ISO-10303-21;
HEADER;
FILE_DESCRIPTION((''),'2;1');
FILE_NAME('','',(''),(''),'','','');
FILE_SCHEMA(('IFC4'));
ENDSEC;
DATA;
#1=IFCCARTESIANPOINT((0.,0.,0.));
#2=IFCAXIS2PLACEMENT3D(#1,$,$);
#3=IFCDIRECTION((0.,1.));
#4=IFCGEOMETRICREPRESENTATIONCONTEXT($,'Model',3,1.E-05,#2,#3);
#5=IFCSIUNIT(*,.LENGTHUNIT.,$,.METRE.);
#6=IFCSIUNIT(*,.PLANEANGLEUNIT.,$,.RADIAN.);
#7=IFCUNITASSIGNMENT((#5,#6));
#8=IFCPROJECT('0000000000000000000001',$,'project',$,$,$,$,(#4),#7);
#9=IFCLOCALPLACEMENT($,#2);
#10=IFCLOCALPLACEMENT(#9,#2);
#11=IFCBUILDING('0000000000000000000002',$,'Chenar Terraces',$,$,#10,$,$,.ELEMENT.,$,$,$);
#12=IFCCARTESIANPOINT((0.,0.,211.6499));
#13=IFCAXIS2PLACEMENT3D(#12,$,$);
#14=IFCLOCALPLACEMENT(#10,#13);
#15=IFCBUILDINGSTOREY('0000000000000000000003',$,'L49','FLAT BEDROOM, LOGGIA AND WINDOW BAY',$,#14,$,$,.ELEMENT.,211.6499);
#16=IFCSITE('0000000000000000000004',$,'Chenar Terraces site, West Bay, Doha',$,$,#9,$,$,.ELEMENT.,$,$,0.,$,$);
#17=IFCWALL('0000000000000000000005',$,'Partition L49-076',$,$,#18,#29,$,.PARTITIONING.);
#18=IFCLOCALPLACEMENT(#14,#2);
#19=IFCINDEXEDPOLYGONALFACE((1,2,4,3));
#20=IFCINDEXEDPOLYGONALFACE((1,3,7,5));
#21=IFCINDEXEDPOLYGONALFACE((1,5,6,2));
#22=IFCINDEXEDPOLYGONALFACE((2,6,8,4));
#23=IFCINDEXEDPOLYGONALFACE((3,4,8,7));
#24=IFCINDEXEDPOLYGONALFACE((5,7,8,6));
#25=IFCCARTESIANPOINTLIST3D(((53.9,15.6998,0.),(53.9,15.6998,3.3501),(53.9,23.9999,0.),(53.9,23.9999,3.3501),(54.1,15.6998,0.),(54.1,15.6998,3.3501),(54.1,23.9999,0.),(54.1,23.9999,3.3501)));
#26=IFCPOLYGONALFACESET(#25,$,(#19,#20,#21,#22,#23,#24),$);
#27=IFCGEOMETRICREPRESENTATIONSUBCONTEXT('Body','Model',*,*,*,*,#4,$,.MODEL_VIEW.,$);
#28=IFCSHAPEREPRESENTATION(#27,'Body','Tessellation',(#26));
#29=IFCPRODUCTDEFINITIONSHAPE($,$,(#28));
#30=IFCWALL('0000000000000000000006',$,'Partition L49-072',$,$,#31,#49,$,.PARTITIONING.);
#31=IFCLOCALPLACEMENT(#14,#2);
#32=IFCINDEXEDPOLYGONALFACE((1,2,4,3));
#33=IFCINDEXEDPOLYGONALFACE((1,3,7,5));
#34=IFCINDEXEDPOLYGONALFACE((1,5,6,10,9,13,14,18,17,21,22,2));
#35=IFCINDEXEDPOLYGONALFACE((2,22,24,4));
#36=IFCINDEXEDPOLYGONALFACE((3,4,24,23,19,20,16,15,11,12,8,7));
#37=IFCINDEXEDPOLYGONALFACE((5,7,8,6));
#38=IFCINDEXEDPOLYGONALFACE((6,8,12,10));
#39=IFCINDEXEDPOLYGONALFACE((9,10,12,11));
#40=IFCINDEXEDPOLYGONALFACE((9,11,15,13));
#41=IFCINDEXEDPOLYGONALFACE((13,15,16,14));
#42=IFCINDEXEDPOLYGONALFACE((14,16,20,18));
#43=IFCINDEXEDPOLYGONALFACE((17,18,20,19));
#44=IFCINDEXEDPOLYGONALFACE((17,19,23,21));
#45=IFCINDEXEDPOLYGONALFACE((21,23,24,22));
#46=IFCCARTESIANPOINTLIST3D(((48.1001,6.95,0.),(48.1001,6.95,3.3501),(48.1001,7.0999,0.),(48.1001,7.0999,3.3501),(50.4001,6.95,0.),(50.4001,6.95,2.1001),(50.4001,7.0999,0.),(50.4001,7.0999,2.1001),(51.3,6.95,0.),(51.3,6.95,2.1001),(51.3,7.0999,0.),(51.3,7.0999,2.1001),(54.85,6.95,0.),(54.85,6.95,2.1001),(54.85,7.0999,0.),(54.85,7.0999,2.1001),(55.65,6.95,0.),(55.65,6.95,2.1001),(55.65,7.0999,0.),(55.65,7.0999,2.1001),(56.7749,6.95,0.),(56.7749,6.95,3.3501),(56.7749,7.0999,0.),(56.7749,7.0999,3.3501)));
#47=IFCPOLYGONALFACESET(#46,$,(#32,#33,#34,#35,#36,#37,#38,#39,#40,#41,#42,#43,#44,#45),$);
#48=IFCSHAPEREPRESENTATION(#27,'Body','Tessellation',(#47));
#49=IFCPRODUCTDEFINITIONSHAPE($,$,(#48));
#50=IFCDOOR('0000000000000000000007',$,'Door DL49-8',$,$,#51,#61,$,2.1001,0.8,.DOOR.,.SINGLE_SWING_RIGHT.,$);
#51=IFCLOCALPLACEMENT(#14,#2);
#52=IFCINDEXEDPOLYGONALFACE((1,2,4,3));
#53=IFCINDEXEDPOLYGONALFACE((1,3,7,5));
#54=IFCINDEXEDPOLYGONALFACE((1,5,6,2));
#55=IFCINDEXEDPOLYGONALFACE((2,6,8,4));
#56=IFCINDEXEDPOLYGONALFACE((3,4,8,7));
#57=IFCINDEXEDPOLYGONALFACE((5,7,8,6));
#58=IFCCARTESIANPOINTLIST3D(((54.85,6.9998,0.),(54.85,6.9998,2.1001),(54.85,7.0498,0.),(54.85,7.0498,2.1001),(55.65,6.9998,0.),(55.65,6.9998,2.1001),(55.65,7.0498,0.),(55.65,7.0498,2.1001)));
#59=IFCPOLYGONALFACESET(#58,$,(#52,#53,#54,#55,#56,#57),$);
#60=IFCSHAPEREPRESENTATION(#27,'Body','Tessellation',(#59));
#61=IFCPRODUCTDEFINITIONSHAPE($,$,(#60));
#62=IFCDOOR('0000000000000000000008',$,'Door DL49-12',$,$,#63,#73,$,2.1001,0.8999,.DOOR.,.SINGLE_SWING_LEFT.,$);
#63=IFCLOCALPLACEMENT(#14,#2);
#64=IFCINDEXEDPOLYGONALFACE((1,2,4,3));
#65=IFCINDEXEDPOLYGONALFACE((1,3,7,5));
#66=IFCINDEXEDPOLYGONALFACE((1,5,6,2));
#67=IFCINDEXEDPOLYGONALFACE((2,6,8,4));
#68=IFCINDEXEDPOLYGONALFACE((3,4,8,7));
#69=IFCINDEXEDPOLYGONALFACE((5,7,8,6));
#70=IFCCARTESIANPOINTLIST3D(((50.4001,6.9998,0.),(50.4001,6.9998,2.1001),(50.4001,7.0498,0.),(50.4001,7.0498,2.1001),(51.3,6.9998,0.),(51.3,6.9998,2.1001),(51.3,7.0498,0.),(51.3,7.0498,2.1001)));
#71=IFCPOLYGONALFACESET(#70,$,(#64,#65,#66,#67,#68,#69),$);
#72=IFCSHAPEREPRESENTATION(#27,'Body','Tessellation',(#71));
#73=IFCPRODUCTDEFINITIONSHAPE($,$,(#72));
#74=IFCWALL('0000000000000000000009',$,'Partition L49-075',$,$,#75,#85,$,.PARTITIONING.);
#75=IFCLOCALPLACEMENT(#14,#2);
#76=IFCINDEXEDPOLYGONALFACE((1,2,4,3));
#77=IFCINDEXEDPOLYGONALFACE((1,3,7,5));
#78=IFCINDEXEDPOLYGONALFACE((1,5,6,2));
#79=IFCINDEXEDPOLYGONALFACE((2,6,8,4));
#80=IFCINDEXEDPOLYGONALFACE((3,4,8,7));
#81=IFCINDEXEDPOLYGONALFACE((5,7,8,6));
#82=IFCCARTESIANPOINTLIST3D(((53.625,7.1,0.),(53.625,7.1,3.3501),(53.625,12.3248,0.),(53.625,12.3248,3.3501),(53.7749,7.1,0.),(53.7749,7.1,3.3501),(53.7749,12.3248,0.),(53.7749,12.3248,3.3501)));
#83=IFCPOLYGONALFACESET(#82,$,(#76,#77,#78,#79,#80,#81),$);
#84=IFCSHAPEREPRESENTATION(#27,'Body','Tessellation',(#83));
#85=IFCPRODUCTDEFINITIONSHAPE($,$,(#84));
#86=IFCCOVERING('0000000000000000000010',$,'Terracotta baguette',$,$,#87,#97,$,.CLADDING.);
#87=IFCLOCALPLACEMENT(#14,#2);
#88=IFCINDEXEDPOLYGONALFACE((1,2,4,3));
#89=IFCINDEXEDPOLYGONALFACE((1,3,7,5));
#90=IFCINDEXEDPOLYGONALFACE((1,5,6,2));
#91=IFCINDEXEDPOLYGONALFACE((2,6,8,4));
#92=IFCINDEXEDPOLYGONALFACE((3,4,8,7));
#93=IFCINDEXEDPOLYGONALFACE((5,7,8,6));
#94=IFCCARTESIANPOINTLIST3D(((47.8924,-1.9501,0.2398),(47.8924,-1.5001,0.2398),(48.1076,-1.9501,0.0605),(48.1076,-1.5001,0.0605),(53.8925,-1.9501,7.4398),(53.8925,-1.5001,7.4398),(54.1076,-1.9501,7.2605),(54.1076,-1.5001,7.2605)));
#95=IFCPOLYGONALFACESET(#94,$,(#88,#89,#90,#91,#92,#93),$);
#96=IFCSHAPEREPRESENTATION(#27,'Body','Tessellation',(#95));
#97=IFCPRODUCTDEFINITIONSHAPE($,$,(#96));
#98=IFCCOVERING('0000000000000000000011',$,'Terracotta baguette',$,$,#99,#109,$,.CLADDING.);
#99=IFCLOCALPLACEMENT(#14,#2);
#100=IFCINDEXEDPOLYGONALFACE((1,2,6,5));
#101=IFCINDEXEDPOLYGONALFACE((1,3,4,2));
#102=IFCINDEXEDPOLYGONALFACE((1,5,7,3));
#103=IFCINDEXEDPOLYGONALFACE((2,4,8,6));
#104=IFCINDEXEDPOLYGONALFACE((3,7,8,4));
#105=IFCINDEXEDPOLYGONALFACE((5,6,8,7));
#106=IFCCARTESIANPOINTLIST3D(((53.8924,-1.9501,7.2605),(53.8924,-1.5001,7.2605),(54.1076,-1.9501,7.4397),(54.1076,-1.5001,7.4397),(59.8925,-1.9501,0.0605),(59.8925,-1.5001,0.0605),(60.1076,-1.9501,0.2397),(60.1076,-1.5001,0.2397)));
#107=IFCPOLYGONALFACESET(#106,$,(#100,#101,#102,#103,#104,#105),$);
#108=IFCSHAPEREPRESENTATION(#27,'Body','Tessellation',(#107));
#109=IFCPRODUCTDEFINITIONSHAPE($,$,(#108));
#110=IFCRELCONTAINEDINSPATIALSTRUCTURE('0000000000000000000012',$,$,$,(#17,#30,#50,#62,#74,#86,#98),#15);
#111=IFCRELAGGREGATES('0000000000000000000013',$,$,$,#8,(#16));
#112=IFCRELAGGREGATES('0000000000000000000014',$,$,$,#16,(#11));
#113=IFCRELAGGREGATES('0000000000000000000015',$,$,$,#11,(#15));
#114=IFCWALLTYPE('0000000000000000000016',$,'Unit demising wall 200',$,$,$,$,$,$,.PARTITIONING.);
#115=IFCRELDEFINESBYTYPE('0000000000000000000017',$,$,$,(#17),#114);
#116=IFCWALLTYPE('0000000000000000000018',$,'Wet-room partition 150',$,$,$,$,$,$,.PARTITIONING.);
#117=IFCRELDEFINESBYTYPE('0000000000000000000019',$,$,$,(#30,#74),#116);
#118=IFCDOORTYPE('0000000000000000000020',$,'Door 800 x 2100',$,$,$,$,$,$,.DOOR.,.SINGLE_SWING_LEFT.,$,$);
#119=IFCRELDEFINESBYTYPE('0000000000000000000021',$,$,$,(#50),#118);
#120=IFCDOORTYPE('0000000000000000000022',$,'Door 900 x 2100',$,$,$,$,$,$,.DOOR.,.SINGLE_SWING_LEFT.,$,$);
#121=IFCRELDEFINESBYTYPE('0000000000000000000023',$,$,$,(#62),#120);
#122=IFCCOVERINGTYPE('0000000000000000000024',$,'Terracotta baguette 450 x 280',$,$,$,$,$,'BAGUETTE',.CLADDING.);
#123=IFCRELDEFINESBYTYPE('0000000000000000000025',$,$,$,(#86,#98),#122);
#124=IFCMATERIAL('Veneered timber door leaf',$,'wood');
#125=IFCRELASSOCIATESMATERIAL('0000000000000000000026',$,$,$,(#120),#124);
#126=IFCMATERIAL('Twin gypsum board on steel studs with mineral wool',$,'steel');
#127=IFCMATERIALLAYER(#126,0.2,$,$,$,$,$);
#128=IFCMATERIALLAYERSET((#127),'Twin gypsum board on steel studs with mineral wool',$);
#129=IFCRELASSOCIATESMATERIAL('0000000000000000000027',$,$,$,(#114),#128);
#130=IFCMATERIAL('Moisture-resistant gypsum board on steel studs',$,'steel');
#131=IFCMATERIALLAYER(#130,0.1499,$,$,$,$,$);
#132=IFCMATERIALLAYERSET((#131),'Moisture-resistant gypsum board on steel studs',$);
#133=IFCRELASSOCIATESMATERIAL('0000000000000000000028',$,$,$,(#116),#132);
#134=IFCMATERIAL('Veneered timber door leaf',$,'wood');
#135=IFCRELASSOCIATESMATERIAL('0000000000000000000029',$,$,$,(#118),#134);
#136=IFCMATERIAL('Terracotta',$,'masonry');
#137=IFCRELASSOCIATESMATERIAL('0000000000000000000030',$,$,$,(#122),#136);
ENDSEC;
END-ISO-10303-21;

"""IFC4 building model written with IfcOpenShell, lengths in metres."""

from ifc_helpers import new_model, si_unit, direction, frame, frame_2d, origin, origin_2d, place, context, subcontext, project, spatial, rectangle, extrude, material, layer, layer_set, material_profile, profile_set, type_object, element, fill, save


model = new_model("IFC4")

# Units and contexts
model_context = context("Model", 3, precision=1e-05, world=origin(), true_north=direction((0.0, 1.0)))
body_context = subcontext(model_context, "Body", "Model", "MODEL_VIEW")
ifc_project = project(units=[si_unit("LENGTHUNIT", "METRE"), si_unit("PLANEANGLEUNIT", "RADIAN")], contexts=[model_context])

# Site, building, storey
site_placement = place(None, origin())
site = spatial("IfcSite", under=ifc_project, at=site_placement, Name="Chenar Terraces site, West Bay, Doha", CompositionType="ELEMENT", RefElevation=0.0)
building_placement = place(site_placement, origin())
building = spatial("IfcBuilding", under=site, at=building_placement, Name="Chenar Terraces", CompositionType="ELEMENT")
storey_placement = place(building_placement, frame((0.0, 0.0, 211.6499)))
storey = spatial("IfcBuildingStorey", under=building, at=storey_placement, Name="L49", Description="FLAT BEDROOM, LOGGIA AND WINDOW BAY", CompositionType="ELEMENT", Elevation=211.6499)

# Shared definitions
ifc_material_1 = material(Name="Veneered timber door leaf", Category="wood")
door_type_1 = type_object("IfcDoorType", Name="Door 900 x 2100", OperationType="SINGLE_SWING_LEFT", PredefinedType="DOOR", material=ifc_material_1)

# Wall
ifc_material_2 = material(Name="Twin gypsum board on steel studs with mineral wool", Category="steel")
ifc_layer_1 = layer(ifc_material_2, 0.2)
ifc_layer_set_1 = layer_set([ifc_layer_1], Name="Twin gypsum board on steel studs with mineral wool")
wall_type_1 = type_object("IfcWallType", Name="Unit demising wall 200", PredefinedType="PARTITIONING", material=ifc_layer_set_1)
wall_1_placement = place(storey_placement, frame((54.0, 15.7, 0.0), z_axis=(0.0, 0.0, 1.0), x_axis=(0.0, 1.0, 0.0)))
element("IfcWall", 1, at=wall_1_placement, inside=storey, type_object=wall_type_1, Name="Partition L49-076", PredefinedType="PARTITIONING", context=body_context, shape_type="SweptSolid", body=[
    extrude(rectangle(XDim=8.3, YDim=0.2, at=frame_2d((4.1499, 0.0))), origin(), (0.0, 0.0, 1.0), 3.3501),
])

# Wall, openings, doors
ifc_material_3 = material(Name="Moisture-resistant gypsum board on steel studs", Category="steel")
ifc_layer_2 = layer(ifc_material_3, 0.1499)
ifc_layer_set_2 = layer_set([ifc_layer_2], Name="Moisture-resistant gypsum board on steel studs")
wall_type_2 = type_object("IfcWallType", Name="Wet-room partition 150", PredefinedType="PARTITIONING", material=ifc_layer_set_2)
wall_2_placement = place(storey_placement, frame((48.1001, 7.0249, 0.0), z_axis=(0.0, 0.0, 1.0), x_axis=(1.0, 0.0, 0.0)))
wall_2 = element("IfcWall", 2, at=wall_2_placement, inside=storey, type_object=wall_type_2, Name="Partition L49-072", PredefinedType="PARTITIONING", context=body_context, shape_type="SweptSolid", body=[
    extrude(rectangle(XDim=8.6748, YDim=0.1499, at=frame_2d((4.3374, 0.0))), origin(), (0.0, 0.0, 1.0), 3.3501),
])
opening_1_placement = place(wall_2_placement, frame((6.75, 0.0, 0.0)))
opening_1 = element("IfcOpeningElement", 3, at=opening_1_placement, cuts=wall_2, PredefinedType="OPENING", context=body_context, shape_type="SweptSolid", body=[
    extrude(rectangle(XDim=0.8, YDim=2.1001, at=frame_2d((0.3999, 1.05))), frame((0.0, 0.085, 0.0), z_axis=(0.0, -1.0, 0.0), x_axis=(1.0, 0.0, 0.0)), (0.0, 0.0, 1.0), 0.1699),
])
opening_2_placement = place(wall_2_placement, frame((2.3, 0.0, 0.0)))
opening_2 = element("IfcOpeningElement", 4, at=opening_2_placement, cuts=wall_2, PredefinedType="OPENING", context=body_context, shape_type="SweptSolid", body=[
    extrude(rectangle(XDim=0.8999, YDim=2.1001, at=frame_2d((0.45, 1.05))), frame((0.0, 0.085, 0.0), z_axis=(0.0, -1.0, 0.0), x_axis=(1.0, 0.0, 0.0)), (0.0, 0.0, 1.0), 0.1699),
])
ifc_material_4 = material(Name="Veneered timber door leaf", Category="wood")
door_type_2 = type_object("IfcDoorType", Name="Door 800 x 2100", OperationType="SINGLE_SWING_LEFT", PredefinedType="DOOR", material=ifc_material_4)
door_1_placement = place(opening_1_placement, origin())
door_1 = element("IfcDoor", 5, at=door_1_placement, inside=storey, type_object=door_type_2, Name="Door DL49-8", OperationType="SINGLE_SWING_RIGHT", OverallHeight=2.1001, OverallWidth=0.8, PredefinedType="DOOR", context=body_context, shape_type="SweptSolid", body=[
    extrude(rectangle(XDim=0.8, YDim=2.1001, at=frame_2d((0.3999, 1.05))), frame((0.0, 0.0249, 0.0), z_axis=(0.0, -1.0, 0.0), x_axis=(1.0, 0.0, 0.0)), (0.0, 0.0, 1.0), 0.05),
])
fill(opening_1, door_1)
door_2_placement = place(opening_2_placement, origin())
door_2 = element("IfcDoor", 6, at=door_2_placement, inside=storey, type_object=door_type_1, Name="Door DL49-12", OperationType="SINGLE_SWING_LEFT", OverallHeight=2.1001, OverallWidth=0.8999, PredefinedType="DOOR", context=body_context, shape_type="SweptSolid", body=[
    extrude(rectangle(XDim=0.8999, YDim=2.1001, at=frame_2d((0.45, 1.05))), frame((0.0, 0.0249, 0.0), z_axis=(0.0, -1.0, 0.0), x_axis=(1.0, 0.0, 0.0)), (0.0, 0.0, 1.0), 0.05),
])
fill(opening_2, door_2)

# Wall
wall_3_placement = place(storey_placement, frame((53.7, 7.1001, 0.0), z_axis=(0.0, 0.0, 1.0), x_axis=(0.0, 1.0, 0.0)))
element("IfcWall", 7, at=wall_3_placement, inside=storey, type_object=wall_type_2, Name="Partition L49-075", PredefinedType="PARTITIONING", context=body_context, shape_type="SweptSolid", body=[
    extrude(rectangle(XDim=5.2249, YDim=0.1499, at=frame_2d((2.6123, 0.0))), origin(), (0.0, 0.0, 1.0), 3.3501),
])

# Coverings
ifc_material_5 = material(Name="Terracotta", Category="masonry")
ifc_material_profile_1 = material_profile(ifc_material_5, rectangle(XDim=0.45, YDim=0.28, at=origin_2d()), Name="Terracotta baguette 450 x 280")
ifc_profile_set_1 = profile_set([ifc_material_profile_1], Name="Terracotta")
covering_type = type_object("IfcCoveringType", Name="Terracotta baguette 450 x 280", ElementType="BAGUETTE", PredefinedType="CLADDING", material=ifc_profile_set_1)
for number, where, z_axis, x_axis, name in (
    (8, (48.0, -1.7251, 0.1501), (0.640187, 0.0, 0.768219), (0.0, 1.0, 0.0), "Terracotta baguette"),
    (9, (54.0, -1.7251, 7.3501), (0.640187, 0.0, -0.768219), (0.0, 1.0, 0.0), "Terracotta baguette"),
):
    element("IfcCovering", number, at=place(storey_placement, frame(where, z_axis=z_axis, x_axis=x_axis)), inside=storey, type_object=covering_type, Name=name, PredefinedType="CLADDING", context=body_context, shape_type="SweptSolid", body=[
        extrude(rectangle(XDim=0.45, YDim=0.28, at=origin_2d()), origin(), (0.0, 0.0, 1.0), 9.3723),
    ])

save(model, "model.ifc")
